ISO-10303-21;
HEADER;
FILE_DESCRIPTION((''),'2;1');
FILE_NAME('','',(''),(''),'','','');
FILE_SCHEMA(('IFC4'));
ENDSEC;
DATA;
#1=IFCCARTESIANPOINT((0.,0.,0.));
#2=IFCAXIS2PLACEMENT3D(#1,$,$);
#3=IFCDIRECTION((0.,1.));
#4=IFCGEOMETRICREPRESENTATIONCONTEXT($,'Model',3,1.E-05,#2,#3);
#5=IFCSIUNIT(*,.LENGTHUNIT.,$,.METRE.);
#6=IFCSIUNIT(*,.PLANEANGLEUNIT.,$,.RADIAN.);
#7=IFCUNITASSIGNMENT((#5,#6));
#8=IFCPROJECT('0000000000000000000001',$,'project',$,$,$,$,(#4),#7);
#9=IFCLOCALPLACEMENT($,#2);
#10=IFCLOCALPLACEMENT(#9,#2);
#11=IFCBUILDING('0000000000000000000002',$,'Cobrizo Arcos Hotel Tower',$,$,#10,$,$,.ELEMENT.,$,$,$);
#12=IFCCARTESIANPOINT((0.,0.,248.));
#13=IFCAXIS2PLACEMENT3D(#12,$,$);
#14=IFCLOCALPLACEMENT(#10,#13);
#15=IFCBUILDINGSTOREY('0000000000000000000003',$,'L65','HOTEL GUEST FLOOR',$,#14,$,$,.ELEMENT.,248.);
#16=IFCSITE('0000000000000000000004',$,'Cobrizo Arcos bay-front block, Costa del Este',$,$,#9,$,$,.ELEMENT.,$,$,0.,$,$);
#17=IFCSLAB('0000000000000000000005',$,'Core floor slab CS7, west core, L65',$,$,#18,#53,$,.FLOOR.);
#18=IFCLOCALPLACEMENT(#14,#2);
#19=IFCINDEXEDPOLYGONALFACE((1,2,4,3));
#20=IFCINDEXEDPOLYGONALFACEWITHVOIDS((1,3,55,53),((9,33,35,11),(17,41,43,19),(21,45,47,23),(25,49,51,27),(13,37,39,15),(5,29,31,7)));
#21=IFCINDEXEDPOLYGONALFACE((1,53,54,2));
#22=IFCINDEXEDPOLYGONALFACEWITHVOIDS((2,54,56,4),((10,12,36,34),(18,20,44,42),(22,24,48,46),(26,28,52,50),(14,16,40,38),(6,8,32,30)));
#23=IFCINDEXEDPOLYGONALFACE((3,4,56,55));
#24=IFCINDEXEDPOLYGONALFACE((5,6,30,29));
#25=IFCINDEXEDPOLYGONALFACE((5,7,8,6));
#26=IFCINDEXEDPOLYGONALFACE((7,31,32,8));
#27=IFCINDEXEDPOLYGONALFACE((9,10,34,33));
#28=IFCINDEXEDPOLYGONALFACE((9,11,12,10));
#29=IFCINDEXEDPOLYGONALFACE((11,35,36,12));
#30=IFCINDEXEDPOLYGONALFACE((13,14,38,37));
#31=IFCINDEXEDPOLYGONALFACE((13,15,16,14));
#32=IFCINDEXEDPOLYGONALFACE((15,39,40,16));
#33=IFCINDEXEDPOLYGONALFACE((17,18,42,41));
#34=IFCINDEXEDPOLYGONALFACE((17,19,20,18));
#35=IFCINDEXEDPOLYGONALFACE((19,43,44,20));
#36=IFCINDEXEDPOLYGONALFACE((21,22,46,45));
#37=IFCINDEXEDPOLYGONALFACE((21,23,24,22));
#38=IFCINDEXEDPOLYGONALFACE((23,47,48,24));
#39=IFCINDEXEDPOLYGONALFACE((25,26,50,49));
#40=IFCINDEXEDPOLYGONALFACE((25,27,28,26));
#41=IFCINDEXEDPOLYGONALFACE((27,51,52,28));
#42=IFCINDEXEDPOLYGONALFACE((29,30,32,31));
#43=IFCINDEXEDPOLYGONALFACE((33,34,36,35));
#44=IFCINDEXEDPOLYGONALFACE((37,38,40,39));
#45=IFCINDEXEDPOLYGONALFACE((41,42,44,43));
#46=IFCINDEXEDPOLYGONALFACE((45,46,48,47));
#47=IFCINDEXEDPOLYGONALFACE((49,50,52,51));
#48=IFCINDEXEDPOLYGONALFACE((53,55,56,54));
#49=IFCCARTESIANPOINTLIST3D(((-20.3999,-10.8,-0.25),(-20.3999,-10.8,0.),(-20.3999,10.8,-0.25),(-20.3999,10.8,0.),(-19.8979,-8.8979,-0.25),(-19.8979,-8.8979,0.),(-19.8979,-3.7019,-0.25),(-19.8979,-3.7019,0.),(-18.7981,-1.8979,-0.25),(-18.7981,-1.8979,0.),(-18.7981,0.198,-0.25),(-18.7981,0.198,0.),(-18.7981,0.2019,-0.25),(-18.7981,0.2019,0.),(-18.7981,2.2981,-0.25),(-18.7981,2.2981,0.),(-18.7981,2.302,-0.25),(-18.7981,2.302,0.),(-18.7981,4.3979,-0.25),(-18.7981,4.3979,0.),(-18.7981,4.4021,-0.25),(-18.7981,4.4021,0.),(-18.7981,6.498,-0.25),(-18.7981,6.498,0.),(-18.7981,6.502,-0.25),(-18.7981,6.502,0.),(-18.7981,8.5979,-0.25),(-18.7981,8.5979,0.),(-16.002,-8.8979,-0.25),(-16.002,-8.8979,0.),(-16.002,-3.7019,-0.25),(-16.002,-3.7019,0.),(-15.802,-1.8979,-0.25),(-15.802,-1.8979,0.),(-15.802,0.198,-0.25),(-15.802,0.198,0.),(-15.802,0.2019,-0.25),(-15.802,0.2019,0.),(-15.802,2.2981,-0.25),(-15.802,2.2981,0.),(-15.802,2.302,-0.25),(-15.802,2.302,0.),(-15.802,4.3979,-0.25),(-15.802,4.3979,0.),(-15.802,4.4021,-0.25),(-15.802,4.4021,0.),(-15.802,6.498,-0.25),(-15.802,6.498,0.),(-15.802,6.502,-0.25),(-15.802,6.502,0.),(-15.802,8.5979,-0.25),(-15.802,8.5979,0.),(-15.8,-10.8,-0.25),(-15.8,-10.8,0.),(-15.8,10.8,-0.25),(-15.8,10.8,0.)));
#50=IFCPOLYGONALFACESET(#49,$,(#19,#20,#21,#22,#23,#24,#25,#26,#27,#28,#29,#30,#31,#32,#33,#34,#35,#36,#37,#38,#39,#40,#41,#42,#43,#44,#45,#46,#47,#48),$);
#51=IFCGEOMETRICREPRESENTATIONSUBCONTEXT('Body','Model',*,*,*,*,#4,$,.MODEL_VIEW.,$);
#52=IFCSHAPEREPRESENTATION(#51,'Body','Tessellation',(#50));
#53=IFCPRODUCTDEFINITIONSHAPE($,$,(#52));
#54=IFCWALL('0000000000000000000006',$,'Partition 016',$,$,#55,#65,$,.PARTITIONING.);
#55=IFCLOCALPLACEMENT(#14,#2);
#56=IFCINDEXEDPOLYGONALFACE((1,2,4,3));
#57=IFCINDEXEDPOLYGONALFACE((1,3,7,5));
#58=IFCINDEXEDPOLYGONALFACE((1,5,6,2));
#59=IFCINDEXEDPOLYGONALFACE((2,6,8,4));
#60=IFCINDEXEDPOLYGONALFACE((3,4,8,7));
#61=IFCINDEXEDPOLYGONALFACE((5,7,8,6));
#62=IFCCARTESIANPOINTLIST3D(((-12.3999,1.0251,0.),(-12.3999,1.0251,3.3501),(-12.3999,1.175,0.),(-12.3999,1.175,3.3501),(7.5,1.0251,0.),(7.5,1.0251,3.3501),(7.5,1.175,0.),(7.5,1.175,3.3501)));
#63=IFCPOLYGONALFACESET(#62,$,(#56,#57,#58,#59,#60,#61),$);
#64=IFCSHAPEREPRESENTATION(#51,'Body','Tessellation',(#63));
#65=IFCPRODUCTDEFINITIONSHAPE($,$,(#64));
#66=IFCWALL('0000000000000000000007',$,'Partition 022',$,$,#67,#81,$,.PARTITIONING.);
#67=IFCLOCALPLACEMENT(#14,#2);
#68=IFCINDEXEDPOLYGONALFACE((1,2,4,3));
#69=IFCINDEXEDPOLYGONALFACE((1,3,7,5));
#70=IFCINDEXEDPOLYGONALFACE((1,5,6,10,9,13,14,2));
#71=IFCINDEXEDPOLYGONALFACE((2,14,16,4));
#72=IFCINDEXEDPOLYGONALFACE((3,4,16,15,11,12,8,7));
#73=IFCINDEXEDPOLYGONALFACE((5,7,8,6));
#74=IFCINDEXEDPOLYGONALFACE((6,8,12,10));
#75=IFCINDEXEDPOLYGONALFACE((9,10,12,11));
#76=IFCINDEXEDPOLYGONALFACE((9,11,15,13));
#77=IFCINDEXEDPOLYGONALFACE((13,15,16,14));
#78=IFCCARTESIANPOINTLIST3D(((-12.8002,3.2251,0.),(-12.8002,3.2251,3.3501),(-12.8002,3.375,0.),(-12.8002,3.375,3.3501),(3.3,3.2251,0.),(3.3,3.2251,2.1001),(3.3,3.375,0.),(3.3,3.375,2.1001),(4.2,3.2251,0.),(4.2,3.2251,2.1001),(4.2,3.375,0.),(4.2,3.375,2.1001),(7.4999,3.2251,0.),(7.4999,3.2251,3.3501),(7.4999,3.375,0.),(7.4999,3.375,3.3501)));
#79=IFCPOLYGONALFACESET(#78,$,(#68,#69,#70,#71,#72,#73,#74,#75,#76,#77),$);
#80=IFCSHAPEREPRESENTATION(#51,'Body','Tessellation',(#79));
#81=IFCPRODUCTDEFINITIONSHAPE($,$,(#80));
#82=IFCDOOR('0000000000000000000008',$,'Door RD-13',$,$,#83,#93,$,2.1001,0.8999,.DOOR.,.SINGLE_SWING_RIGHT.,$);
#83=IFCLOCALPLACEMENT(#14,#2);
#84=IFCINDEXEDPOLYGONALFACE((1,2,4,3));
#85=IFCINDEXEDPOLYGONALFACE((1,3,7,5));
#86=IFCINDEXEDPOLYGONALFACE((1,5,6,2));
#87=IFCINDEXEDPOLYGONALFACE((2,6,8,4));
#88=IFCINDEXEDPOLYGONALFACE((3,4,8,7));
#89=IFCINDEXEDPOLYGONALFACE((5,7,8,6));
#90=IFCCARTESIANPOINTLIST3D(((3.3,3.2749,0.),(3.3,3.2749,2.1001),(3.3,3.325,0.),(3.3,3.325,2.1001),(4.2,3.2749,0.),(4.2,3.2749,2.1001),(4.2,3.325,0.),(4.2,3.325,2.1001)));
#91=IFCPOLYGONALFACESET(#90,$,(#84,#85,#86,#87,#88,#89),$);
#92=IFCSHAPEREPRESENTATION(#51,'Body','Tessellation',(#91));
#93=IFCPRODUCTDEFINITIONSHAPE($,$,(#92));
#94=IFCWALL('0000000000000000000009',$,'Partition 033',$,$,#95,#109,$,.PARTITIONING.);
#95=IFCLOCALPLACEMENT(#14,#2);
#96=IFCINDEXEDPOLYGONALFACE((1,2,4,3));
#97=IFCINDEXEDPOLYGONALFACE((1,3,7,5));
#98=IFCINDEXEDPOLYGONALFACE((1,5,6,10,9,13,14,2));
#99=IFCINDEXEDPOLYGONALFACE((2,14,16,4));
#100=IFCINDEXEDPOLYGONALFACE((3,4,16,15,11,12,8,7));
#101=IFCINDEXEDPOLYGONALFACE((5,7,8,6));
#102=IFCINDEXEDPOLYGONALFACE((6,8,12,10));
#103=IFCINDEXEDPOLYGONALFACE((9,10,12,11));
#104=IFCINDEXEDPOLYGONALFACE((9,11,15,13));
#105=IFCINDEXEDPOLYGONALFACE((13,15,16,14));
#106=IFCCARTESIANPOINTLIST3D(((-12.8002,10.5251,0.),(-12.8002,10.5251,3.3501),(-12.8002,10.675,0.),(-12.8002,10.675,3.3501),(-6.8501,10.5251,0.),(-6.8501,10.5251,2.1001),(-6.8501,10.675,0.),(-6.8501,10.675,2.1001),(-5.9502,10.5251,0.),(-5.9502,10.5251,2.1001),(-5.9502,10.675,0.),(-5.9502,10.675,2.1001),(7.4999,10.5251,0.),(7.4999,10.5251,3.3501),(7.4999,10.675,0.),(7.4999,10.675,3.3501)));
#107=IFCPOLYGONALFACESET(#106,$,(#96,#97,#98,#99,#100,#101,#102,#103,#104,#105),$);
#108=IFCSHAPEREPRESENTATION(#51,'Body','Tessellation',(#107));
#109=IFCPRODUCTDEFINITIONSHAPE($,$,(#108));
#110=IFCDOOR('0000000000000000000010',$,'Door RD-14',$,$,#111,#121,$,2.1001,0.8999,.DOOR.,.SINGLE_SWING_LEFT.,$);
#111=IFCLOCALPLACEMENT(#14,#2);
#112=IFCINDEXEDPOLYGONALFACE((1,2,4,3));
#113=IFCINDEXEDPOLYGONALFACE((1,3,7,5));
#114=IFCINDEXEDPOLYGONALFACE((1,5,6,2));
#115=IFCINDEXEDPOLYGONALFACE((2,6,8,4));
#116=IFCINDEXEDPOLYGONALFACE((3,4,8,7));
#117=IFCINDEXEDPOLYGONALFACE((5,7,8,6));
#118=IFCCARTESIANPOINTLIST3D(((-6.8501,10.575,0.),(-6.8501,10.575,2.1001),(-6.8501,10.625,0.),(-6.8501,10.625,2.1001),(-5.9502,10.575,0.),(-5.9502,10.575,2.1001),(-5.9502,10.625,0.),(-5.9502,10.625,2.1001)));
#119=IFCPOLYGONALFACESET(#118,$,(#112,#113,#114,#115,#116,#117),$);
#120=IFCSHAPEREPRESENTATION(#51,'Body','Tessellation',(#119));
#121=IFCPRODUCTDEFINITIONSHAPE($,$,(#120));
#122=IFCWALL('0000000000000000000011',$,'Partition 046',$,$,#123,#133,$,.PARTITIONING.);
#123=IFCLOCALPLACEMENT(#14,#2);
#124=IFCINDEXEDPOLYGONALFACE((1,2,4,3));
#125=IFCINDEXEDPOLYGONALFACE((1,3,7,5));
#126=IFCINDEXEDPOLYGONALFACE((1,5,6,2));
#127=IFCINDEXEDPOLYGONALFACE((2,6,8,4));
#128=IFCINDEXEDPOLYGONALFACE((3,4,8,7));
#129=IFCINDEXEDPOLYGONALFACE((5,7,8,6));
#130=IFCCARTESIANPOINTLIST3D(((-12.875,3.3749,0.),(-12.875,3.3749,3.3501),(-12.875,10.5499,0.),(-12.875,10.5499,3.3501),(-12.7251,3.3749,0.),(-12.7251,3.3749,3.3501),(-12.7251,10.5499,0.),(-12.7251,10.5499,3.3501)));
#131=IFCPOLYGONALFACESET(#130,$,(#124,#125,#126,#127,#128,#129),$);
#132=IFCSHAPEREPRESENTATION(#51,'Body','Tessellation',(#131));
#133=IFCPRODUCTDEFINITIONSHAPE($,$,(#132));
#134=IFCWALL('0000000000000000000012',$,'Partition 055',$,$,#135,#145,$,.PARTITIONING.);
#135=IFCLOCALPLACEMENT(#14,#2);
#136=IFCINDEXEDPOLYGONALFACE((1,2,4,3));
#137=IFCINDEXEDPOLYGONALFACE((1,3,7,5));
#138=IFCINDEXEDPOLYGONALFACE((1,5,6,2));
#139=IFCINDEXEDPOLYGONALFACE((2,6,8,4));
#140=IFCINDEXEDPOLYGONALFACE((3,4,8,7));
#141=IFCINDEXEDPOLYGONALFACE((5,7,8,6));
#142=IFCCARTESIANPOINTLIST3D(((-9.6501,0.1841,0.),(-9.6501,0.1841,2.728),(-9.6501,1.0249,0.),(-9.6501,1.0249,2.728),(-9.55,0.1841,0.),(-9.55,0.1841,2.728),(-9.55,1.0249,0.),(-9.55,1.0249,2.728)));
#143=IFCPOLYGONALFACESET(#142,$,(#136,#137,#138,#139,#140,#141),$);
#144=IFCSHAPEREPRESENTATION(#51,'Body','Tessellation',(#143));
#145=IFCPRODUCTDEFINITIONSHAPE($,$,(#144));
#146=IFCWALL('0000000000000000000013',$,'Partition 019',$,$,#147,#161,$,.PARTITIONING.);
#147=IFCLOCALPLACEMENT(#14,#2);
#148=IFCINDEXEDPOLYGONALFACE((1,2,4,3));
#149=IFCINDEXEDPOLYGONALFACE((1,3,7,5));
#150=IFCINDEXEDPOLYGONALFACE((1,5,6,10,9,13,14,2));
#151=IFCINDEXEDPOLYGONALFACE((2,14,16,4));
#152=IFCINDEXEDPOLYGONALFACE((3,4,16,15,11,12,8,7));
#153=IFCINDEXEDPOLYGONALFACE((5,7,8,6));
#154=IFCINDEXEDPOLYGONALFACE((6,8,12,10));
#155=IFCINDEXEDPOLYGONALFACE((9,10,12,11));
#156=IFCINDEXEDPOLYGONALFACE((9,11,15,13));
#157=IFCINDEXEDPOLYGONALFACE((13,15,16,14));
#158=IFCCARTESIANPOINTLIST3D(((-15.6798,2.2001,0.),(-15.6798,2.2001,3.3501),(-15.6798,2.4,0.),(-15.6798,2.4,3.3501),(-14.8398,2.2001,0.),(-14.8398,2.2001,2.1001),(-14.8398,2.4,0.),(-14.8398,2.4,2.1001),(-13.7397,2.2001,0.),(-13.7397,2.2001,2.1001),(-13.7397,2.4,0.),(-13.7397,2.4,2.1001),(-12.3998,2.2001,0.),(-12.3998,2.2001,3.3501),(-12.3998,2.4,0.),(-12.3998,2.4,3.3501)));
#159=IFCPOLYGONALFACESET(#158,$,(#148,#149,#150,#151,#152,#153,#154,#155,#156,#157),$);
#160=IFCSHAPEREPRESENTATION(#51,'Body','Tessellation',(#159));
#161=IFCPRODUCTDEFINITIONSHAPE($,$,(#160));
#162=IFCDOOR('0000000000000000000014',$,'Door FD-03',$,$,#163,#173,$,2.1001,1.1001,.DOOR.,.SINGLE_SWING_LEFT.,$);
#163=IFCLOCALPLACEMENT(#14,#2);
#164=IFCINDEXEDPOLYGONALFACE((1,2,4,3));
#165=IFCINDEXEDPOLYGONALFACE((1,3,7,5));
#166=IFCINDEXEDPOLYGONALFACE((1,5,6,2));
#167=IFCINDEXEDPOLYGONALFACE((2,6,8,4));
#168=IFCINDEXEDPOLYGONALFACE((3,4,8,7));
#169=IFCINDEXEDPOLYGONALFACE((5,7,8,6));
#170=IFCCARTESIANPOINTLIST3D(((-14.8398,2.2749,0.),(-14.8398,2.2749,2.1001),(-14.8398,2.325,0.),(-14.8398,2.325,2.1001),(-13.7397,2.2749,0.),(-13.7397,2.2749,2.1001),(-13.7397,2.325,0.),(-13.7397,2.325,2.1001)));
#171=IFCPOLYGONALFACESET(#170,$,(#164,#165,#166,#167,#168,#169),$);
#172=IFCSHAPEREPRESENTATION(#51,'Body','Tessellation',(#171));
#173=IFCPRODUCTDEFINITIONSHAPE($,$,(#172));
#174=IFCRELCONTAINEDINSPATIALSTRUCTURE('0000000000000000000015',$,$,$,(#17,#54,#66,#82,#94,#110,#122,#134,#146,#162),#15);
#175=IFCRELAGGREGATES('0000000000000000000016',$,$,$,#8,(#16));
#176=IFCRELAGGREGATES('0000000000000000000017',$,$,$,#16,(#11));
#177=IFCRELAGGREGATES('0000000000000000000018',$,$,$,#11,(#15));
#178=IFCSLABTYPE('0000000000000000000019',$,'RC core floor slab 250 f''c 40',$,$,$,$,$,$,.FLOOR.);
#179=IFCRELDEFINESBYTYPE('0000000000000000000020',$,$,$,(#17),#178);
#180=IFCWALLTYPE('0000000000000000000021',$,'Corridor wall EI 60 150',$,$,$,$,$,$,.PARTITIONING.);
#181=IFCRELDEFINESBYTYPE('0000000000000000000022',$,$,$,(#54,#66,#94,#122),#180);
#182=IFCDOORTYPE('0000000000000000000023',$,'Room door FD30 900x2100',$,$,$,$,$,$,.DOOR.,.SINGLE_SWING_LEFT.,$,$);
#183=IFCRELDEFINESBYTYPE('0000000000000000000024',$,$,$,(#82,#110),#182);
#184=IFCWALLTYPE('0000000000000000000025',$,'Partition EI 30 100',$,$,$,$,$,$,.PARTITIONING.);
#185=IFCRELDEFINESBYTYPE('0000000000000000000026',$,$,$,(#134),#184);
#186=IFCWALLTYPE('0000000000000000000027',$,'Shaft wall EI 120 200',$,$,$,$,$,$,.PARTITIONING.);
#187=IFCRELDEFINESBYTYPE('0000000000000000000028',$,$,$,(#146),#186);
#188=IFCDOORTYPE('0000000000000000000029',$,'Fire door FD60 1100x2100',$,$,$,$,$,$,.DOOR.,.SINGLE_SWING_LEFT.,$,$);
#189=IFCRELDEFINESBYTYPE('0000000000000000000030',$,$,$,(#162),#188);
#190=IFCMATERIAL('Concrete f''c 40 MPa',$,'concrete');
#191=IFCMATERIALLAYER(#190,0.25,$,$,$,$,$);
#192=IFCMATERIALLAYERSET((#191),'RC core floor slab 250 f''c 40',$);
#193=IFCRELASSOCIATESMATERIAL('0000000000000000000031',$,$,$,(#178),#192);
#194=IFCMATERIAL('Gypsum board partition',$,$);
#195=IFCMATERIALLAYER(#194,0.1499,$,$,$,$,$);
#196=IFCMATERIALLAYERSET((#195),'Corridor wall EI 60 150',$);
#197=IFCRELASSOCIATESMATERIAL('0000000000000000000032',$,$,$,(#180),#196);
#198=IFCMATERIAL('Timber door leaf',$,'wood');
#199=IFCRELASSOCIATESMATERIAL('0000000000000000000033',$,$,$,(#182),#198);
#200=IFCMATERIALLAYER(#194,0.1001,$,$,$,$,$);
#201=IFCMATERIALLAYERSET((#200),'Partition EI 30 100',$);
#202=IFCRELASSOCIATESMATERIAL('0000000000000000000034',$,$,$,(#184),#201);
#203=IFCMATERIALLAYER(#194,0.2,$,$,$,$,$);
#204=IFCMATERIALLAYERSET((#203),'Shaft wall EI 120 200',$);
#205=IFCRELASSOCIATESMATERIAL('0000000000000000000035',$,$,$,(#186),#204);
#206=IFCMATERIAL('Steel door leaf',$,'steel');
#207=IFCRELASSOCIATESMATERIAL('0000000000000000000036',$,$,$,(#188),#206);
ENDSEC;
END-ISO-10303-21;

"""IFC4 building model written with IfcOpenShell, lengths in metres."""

from ifc_helpers import new_model, si_unit, direction, frame, frame_2d, origin, place, context, subcontext, project, spatial, polyline, rectangle, outline, extrude, material, layer, layer_set, type_object, element, fill, save


model = new_model("IFC4")

# Units and contexts
model_context = context("Model", 3, precision=1e-05, world=origin(), true_north=direction((0.0, 1.0)))
body_context = subcontext(model_context, "Body", "Model", "MODEL_VIEW")
ifc_project = project(units=[si_unit("LENGTHUNIT", "METRE"), si_unit("PLANEANGLEUNIT", "RADIAN")], contexts=[model_context])

# Site, building, storey
site_placement = place(None, origin())
site = spatial("IfcSite", under=ifc_project, at=site_placement, Name="Cobrizo Arcos bay-front block, Costa del Este", CompositionType="ELEMENT", RefElevation=0.0)
building_placement = place(site_placement, origin())
building = spatial("IfcBuilding", under=site, at=building_placement, Name="Cobrizo Arcos Hotel Tower", CompositionType="ELEMENT")
storey_placement = place(building_placement, frame((0.0, 0.0, 248.0)))
storey = spatial("IfcBuildingStorey", under=building, at=storey_placement, Name="L65", Description="HOTEL GUEST FLOOR", CompositionType="ELEMENT", Elevation=248.0)

# Slab
ifc_material_1 = material(Name="Concrete f'c 40 MPa", Category="concrete")
ifc_layer_1 = layer(ifc_material_1, 0.25)
ifc_layer_set_1 = layer_set([ifc_layer_1], Name="RC core floor slab 250 f'c 40")
slab_type_1 = type_object("IfcSlabType", Name="RC core floor slab 250 f'c 40", PredefinedType="FLOOR", material=ifc_layer_set_1)
slab_1_placement = place(storey_placement, frame((0.0, 0.0, -0.25)))
element("IfcSlab", 1, at=slab_1_placement, inside=storey, type_object=slab_type_1, Name="Core floor slab CS7, west core, L65", PredefinedType="FLOOR", context=body_context, shape_type="SweptSolid", body=[
    extrude(outline(polyline([(-20.3999, 10.8), (-15.8, 10.8), (-15.8, -10.8), (-20.3999, -10.8), (-20.3999, 10.8)]), holes=[polyline([(-19.8979, -3.7019), (-19.8979, -8.8979), (-16.002, -8.8979), (-16.002, -3.7019), (-19.8979, -3.7019)]), polyline([(-18.7981, 0.198), (-18.7981, -1.8979), (-15.802, -1.8979), (-15.802, 0.198), (-18.7981, 0.198)]), polyline([(-18.7981, 2.2981), (-18.7981, 0.2019), (-15.802, 0.2019), (-15.802, 2.2981), (-18.7981, 2.2981)]), polyline([(-18.7981, 4.3979), (-18.7981, 2.302), (-15.802, 2.302), (-15.802, 4.3979), (-18.7981, 4.3979)]), polyline([(-15.802, 6.498), (-18.7981, 6.498), (-18.7981, 4.4021), (-15.802, 4.4021), (-15.802, 6.498)]), polyline([(-15.802, 8.5979), (-18.7981, 8.5979), (-18.7981, 6.502), (-15.802, 6.502), (-15.802, 8.5979)])]), origin(), (0.0, 0.0, 1.0), 0.25),
])

# Wall
ifc_material_2 = material(Name="Gypsum board partition")
ifc_layer_2 = layer(ifc_material_2, 0.1499)
ifc_layer_set_2 = layer_set([ifc_layer_2], Name="Corridor wall EI 60 150")
wall_type_1 = type_object("IfcWallType", Name="Corridor wall EI 60 150", PredefinedType="PARTITIONING", material=ifc_layer_set_2)
wall_1_placement = place(storey_placement, frame((-12.3999, 1.1001, 0.0), z_axis=(0.0, 0.0, 1.0), x_axis=(1.0, 0.0, 0.0)))
element("IfcWall", 2, at=wall_1_placement, inside=storey, type_object=wall_type_1, Name="Partition 016", PredefinedType="PARTITIONING", context=body_context, shape_type="SweptSolid", body=[
    extrude(rectangle(XDim=19.8999, YDim=0.1499, at=frame_2d((9.95, 0.0))), origin(), (0.0, 0.0, 1.0), 3.3501),
])

# Walls, openings, doors
wall_2_placement = place(storey_placement, frame((-12.8, 3.3, 0.0), z_axis=(0.0, 0.0, 1.0), x_axis=(1.0, 0.0, 0.0)))
wall_2 = element("IfcWall", 3, at=wall_2_placement, inside=storey, type_object=wall_type_1, Name="Partition 022", PredefinedType="PARTITIONING", context=body_context, shape_type="SweptSolid", body=[
    extrude(rectangle(XDim=20.3, YDim=0.1499, at=frame_2d((10.1499, 0.0))), origin(), (0.0, 0.0, 1.0), 3.3501),
])
opening_1_placement = place(wall_2_placement, frame((16.1001, 0.0, 0.0)))
opening_1 = element("IfcOpeningElement", 4, at=opening_1_placement, cuts=wall_2, PredefinedType="OPENING", context=body_context, shape_type="SweptSolid", body=[
    extrude(rectangle(XDim=0.8999, YDim=2.1001, at=frame_2d((0.45, 1.05))), frame((0.0, 0.0869, 0.0), z_axis=(0.0, -1.0, 0.0), x_axis=(1.0, 0.0, 0.0)), (0.0, 0.0, 1.0), 0.1738),
])
ifc_material_3 = material(Name="Timber door leaf", Category="wood")
door_type_1 = type_object("IfcDoorType", Name="Room door FD30 900x2100", OperationType="SINGLE_SWING_LEFT", PredefinedType="DOOR", material=ifc_material_3)
door_1_placement = place(opening_1_placement, origin())
door_1 = element("IfcDoor", 5, at=door_1_placement, inside=storey, type_object=door_type_1, Name="Door RD-13", OperationType="SINGLE_SWING_RIGHT", OverallHeight=2.1001, OverallWidth=0.8999, PredefinedType="DOOR", context=body_context, shape_type="SweptSolid", body=[
    extrude(rectangle(XDim=0.8999, YDim=2.1001, at=frame_2d((0.45, 1.05))), frame((0.0, 0.0249, 0.0), z_axis=(0.0, -1.0, 0.0), x_axis=(1.0, 0.0, 0.0)), (0.0, 0.0, 1.0), 0.05),
])
fill(opening_1, door_1)
wall_3_placement = place(storey_placement, frame((-12.8, 10.6001, 0.0), z_axis=(0.0, 0.0, 1.0), x_axis=(1.0, 0.0, 0.0)))
wall_3 = element("IfcWall", 6, at=wall_3_placement, inside=storey, type_object=wall_type_1, Name="Partition 033", PredefinedType="PARTITIONING", context=body_context, shape_type="SweptSolid", body=[
    extrude(rectangle(XDim=20.3, YDim=0.1499, at=frame_2d((10.1499, 0.0))), origin(), (0.0, 0.0, 1.0), 3.3501),
])
opening_2_placement = place(wall_3_placement, frame((5.95, 0.0, 0.0)))
opening_2 = element("IfcOpeningElement", 7, at=opening_2_placement, cuts=wall_3, PredefinedType="OPENING", context=body_context, shape_type="SweptSolid", body=[
    extrude(rectangle(XDim=0.8999, YDim=2.1001, at=frame_2d((0.45, 1.05))), frame((0.0, 0.0869, 0.0), z_axis=(0.0, -1.0, 0.0), x_axis=(1.0, 0.0, 0.0)), (0.0, 0.0, 1.0), 0.1738),
])
door_2_placement = place(opening_2_placement, origin())
door_2 = element("IfcDoor", 8, at=door_2_placement, inside=storey, type_object=door_type_1, Name="Door RD-14", OperationType="SINGLE_SWING_LEFT", OverallHeight=2.1001, OverallWidth=0.8999, PredefinedType="DOOR", context=body_context, shape_type="SweptSolid", body=[
    extrude(rectangle(XDim=0.8999, YDim=2.1001, at=frame_2d((0.45, 1.05))), frame((0.0, 0.0249, 0.0), z_axis=(0.0, -1.0, 0.0), x_axis=(1.0, 0.0, 0.0)), (0.0, 0.0, 1.0), 0.05),
])
fill(opening_2, door_2)

# Walls
wall_4_placement = place(storey_placement, frame((-12.8, 3.375, 0.0), z_axis=(0.0, 0.0, 1.0), x_axis=(0.0, 1.0, 0.0)))
element("IfcWall", 9, at=wall_4_placement, inside=storey, type_object=wall_type_1, Name="Partition 046", PredefinedType="PARTITIONING", context=body_context, shape_type="SweptSolid", body=[
    extrude(rectangle(XDim=7.175, YDim=0.1499, at=frame_2d((3.5874, 0.0))), origin(), (0.0, 0.0, 1.0), 3.3501),
])
ifc_layer_3 = layer(ifc_material_2, 0.1001)
ifc_layer_set_3 = layer_set([ifc_layer_3], Name="Partition EI 30 100")
wall_type_2 = type_object("IfcWallType", Name="Partition EI 30 100", PredefinedType="PARTITIONING", material=ifc_layer_set_3)
wall_5_placement = place(storey_placement, frame((-9.6001, 0.1841, 0.0), z_axis=(0.0, 0.0, 1.0), x_axis=(0.0, 1.0, 0.0)))
element("IfcWall", 10, at=wall_5_placement, inside=storey, type_object=wall_type_2, Name="Partition 055", PredefinedType="PARTITIONING", context=body_context, shape_type="SweptSolid", body=[
    extrude(rectangle(XDim=0.8408, YDim=0.1001, at=frame_2d((0.4204, 0.0))), origin(), (0.0, 0.0, 1.0), 2.728),
])

# Wall, opening, door
ifc_layer_4 = layer(ifc_material_2, 0.2)
ifc_layer_set_4 = layer_set([ifc_layer_4], Name="Shaft wall EI 120 200")
wall_type_3 = type_object("IfcWallType", Name="Shaft wall EI 120 200", PredefinedType="PARTITIONING", material=ifc_layer_set_4)
wall_6_placement = place(storey_placement, frame((-15.6799, 2.3, 0.0), z_axis=(0.0, 0.0, 1.0), x_axis=(1.0, 0.0, 0.0)))
wall_6 = element("IfcWall", 11, at=wall_6_placement, inside=storey, type_object=wall_type_3, Name="Partition 019", PredefinedType="PARTITIONING", context=body_context, shape_type="SweptSolid", body=[
    extrude(rectangle(XDim=3.28, YDim=0.2, at=frame_2d((1.6401, 0.0))), origin(), (0.0, 0.0, 1.0), 3.3501),
])
opening_3_placement = place(wall_6_placement, frame((0.8401, 0.0, 0.0)))
opening_3 = element("IfcOpeningElement", 12, at=opening_3_placement, cuts=wall_6, PredefinedType="OPENING", context=body_context, shape_type="SweptSolid", body=[
    extrude(rectangle(XDim=1.1001, YDim=2.1001, at=frame_2d((0.55, 1.05))), frame((0.0, 0.1121, 0.0), z_axis=(0.0, -1.0, 0.0), x_axis=(1.0, 0.0, 0.0)), (0.0, 0.0, 1.0), 0.2239),
])
ifc_material_4 = material(Name="Steel door leaf", Category="steel")
door_type_2 = type_object("IfcDoorType", Name="Fire door FD60 1100x2100", OperationType="SINGLE_SWING_LEFT", PredefinedType="DOOR", material=ifc_material_4)
door_3_placement = place(opening_3_placement, origin())
door_3 = element("IfcDoor", 13, at=door_3_placement, inside=storey, type_object=door_type_2, Name="Door FD-03", OperationType="SINGLE_SWING_LEFT", OverallHeight=2.1001, OverallWidth=1.1001, PredefinedType="DOOR", context=body_context, shape_type="SweptSolid", body=[
    extrude(rectangle(XDim=1.1001, YDim=2.1001, at=frame_2d((0.55, 1.05))), frame((0.0, 0.0249, 0.0), z_axis=(0.0, -1.0, 0.0), x_axis=(1.0, 0.0, 0.0)), (0.0, 0.0, 1.0), 0.05),
])
fill(opening_3, door_3)

save(model, "model.ifc")
